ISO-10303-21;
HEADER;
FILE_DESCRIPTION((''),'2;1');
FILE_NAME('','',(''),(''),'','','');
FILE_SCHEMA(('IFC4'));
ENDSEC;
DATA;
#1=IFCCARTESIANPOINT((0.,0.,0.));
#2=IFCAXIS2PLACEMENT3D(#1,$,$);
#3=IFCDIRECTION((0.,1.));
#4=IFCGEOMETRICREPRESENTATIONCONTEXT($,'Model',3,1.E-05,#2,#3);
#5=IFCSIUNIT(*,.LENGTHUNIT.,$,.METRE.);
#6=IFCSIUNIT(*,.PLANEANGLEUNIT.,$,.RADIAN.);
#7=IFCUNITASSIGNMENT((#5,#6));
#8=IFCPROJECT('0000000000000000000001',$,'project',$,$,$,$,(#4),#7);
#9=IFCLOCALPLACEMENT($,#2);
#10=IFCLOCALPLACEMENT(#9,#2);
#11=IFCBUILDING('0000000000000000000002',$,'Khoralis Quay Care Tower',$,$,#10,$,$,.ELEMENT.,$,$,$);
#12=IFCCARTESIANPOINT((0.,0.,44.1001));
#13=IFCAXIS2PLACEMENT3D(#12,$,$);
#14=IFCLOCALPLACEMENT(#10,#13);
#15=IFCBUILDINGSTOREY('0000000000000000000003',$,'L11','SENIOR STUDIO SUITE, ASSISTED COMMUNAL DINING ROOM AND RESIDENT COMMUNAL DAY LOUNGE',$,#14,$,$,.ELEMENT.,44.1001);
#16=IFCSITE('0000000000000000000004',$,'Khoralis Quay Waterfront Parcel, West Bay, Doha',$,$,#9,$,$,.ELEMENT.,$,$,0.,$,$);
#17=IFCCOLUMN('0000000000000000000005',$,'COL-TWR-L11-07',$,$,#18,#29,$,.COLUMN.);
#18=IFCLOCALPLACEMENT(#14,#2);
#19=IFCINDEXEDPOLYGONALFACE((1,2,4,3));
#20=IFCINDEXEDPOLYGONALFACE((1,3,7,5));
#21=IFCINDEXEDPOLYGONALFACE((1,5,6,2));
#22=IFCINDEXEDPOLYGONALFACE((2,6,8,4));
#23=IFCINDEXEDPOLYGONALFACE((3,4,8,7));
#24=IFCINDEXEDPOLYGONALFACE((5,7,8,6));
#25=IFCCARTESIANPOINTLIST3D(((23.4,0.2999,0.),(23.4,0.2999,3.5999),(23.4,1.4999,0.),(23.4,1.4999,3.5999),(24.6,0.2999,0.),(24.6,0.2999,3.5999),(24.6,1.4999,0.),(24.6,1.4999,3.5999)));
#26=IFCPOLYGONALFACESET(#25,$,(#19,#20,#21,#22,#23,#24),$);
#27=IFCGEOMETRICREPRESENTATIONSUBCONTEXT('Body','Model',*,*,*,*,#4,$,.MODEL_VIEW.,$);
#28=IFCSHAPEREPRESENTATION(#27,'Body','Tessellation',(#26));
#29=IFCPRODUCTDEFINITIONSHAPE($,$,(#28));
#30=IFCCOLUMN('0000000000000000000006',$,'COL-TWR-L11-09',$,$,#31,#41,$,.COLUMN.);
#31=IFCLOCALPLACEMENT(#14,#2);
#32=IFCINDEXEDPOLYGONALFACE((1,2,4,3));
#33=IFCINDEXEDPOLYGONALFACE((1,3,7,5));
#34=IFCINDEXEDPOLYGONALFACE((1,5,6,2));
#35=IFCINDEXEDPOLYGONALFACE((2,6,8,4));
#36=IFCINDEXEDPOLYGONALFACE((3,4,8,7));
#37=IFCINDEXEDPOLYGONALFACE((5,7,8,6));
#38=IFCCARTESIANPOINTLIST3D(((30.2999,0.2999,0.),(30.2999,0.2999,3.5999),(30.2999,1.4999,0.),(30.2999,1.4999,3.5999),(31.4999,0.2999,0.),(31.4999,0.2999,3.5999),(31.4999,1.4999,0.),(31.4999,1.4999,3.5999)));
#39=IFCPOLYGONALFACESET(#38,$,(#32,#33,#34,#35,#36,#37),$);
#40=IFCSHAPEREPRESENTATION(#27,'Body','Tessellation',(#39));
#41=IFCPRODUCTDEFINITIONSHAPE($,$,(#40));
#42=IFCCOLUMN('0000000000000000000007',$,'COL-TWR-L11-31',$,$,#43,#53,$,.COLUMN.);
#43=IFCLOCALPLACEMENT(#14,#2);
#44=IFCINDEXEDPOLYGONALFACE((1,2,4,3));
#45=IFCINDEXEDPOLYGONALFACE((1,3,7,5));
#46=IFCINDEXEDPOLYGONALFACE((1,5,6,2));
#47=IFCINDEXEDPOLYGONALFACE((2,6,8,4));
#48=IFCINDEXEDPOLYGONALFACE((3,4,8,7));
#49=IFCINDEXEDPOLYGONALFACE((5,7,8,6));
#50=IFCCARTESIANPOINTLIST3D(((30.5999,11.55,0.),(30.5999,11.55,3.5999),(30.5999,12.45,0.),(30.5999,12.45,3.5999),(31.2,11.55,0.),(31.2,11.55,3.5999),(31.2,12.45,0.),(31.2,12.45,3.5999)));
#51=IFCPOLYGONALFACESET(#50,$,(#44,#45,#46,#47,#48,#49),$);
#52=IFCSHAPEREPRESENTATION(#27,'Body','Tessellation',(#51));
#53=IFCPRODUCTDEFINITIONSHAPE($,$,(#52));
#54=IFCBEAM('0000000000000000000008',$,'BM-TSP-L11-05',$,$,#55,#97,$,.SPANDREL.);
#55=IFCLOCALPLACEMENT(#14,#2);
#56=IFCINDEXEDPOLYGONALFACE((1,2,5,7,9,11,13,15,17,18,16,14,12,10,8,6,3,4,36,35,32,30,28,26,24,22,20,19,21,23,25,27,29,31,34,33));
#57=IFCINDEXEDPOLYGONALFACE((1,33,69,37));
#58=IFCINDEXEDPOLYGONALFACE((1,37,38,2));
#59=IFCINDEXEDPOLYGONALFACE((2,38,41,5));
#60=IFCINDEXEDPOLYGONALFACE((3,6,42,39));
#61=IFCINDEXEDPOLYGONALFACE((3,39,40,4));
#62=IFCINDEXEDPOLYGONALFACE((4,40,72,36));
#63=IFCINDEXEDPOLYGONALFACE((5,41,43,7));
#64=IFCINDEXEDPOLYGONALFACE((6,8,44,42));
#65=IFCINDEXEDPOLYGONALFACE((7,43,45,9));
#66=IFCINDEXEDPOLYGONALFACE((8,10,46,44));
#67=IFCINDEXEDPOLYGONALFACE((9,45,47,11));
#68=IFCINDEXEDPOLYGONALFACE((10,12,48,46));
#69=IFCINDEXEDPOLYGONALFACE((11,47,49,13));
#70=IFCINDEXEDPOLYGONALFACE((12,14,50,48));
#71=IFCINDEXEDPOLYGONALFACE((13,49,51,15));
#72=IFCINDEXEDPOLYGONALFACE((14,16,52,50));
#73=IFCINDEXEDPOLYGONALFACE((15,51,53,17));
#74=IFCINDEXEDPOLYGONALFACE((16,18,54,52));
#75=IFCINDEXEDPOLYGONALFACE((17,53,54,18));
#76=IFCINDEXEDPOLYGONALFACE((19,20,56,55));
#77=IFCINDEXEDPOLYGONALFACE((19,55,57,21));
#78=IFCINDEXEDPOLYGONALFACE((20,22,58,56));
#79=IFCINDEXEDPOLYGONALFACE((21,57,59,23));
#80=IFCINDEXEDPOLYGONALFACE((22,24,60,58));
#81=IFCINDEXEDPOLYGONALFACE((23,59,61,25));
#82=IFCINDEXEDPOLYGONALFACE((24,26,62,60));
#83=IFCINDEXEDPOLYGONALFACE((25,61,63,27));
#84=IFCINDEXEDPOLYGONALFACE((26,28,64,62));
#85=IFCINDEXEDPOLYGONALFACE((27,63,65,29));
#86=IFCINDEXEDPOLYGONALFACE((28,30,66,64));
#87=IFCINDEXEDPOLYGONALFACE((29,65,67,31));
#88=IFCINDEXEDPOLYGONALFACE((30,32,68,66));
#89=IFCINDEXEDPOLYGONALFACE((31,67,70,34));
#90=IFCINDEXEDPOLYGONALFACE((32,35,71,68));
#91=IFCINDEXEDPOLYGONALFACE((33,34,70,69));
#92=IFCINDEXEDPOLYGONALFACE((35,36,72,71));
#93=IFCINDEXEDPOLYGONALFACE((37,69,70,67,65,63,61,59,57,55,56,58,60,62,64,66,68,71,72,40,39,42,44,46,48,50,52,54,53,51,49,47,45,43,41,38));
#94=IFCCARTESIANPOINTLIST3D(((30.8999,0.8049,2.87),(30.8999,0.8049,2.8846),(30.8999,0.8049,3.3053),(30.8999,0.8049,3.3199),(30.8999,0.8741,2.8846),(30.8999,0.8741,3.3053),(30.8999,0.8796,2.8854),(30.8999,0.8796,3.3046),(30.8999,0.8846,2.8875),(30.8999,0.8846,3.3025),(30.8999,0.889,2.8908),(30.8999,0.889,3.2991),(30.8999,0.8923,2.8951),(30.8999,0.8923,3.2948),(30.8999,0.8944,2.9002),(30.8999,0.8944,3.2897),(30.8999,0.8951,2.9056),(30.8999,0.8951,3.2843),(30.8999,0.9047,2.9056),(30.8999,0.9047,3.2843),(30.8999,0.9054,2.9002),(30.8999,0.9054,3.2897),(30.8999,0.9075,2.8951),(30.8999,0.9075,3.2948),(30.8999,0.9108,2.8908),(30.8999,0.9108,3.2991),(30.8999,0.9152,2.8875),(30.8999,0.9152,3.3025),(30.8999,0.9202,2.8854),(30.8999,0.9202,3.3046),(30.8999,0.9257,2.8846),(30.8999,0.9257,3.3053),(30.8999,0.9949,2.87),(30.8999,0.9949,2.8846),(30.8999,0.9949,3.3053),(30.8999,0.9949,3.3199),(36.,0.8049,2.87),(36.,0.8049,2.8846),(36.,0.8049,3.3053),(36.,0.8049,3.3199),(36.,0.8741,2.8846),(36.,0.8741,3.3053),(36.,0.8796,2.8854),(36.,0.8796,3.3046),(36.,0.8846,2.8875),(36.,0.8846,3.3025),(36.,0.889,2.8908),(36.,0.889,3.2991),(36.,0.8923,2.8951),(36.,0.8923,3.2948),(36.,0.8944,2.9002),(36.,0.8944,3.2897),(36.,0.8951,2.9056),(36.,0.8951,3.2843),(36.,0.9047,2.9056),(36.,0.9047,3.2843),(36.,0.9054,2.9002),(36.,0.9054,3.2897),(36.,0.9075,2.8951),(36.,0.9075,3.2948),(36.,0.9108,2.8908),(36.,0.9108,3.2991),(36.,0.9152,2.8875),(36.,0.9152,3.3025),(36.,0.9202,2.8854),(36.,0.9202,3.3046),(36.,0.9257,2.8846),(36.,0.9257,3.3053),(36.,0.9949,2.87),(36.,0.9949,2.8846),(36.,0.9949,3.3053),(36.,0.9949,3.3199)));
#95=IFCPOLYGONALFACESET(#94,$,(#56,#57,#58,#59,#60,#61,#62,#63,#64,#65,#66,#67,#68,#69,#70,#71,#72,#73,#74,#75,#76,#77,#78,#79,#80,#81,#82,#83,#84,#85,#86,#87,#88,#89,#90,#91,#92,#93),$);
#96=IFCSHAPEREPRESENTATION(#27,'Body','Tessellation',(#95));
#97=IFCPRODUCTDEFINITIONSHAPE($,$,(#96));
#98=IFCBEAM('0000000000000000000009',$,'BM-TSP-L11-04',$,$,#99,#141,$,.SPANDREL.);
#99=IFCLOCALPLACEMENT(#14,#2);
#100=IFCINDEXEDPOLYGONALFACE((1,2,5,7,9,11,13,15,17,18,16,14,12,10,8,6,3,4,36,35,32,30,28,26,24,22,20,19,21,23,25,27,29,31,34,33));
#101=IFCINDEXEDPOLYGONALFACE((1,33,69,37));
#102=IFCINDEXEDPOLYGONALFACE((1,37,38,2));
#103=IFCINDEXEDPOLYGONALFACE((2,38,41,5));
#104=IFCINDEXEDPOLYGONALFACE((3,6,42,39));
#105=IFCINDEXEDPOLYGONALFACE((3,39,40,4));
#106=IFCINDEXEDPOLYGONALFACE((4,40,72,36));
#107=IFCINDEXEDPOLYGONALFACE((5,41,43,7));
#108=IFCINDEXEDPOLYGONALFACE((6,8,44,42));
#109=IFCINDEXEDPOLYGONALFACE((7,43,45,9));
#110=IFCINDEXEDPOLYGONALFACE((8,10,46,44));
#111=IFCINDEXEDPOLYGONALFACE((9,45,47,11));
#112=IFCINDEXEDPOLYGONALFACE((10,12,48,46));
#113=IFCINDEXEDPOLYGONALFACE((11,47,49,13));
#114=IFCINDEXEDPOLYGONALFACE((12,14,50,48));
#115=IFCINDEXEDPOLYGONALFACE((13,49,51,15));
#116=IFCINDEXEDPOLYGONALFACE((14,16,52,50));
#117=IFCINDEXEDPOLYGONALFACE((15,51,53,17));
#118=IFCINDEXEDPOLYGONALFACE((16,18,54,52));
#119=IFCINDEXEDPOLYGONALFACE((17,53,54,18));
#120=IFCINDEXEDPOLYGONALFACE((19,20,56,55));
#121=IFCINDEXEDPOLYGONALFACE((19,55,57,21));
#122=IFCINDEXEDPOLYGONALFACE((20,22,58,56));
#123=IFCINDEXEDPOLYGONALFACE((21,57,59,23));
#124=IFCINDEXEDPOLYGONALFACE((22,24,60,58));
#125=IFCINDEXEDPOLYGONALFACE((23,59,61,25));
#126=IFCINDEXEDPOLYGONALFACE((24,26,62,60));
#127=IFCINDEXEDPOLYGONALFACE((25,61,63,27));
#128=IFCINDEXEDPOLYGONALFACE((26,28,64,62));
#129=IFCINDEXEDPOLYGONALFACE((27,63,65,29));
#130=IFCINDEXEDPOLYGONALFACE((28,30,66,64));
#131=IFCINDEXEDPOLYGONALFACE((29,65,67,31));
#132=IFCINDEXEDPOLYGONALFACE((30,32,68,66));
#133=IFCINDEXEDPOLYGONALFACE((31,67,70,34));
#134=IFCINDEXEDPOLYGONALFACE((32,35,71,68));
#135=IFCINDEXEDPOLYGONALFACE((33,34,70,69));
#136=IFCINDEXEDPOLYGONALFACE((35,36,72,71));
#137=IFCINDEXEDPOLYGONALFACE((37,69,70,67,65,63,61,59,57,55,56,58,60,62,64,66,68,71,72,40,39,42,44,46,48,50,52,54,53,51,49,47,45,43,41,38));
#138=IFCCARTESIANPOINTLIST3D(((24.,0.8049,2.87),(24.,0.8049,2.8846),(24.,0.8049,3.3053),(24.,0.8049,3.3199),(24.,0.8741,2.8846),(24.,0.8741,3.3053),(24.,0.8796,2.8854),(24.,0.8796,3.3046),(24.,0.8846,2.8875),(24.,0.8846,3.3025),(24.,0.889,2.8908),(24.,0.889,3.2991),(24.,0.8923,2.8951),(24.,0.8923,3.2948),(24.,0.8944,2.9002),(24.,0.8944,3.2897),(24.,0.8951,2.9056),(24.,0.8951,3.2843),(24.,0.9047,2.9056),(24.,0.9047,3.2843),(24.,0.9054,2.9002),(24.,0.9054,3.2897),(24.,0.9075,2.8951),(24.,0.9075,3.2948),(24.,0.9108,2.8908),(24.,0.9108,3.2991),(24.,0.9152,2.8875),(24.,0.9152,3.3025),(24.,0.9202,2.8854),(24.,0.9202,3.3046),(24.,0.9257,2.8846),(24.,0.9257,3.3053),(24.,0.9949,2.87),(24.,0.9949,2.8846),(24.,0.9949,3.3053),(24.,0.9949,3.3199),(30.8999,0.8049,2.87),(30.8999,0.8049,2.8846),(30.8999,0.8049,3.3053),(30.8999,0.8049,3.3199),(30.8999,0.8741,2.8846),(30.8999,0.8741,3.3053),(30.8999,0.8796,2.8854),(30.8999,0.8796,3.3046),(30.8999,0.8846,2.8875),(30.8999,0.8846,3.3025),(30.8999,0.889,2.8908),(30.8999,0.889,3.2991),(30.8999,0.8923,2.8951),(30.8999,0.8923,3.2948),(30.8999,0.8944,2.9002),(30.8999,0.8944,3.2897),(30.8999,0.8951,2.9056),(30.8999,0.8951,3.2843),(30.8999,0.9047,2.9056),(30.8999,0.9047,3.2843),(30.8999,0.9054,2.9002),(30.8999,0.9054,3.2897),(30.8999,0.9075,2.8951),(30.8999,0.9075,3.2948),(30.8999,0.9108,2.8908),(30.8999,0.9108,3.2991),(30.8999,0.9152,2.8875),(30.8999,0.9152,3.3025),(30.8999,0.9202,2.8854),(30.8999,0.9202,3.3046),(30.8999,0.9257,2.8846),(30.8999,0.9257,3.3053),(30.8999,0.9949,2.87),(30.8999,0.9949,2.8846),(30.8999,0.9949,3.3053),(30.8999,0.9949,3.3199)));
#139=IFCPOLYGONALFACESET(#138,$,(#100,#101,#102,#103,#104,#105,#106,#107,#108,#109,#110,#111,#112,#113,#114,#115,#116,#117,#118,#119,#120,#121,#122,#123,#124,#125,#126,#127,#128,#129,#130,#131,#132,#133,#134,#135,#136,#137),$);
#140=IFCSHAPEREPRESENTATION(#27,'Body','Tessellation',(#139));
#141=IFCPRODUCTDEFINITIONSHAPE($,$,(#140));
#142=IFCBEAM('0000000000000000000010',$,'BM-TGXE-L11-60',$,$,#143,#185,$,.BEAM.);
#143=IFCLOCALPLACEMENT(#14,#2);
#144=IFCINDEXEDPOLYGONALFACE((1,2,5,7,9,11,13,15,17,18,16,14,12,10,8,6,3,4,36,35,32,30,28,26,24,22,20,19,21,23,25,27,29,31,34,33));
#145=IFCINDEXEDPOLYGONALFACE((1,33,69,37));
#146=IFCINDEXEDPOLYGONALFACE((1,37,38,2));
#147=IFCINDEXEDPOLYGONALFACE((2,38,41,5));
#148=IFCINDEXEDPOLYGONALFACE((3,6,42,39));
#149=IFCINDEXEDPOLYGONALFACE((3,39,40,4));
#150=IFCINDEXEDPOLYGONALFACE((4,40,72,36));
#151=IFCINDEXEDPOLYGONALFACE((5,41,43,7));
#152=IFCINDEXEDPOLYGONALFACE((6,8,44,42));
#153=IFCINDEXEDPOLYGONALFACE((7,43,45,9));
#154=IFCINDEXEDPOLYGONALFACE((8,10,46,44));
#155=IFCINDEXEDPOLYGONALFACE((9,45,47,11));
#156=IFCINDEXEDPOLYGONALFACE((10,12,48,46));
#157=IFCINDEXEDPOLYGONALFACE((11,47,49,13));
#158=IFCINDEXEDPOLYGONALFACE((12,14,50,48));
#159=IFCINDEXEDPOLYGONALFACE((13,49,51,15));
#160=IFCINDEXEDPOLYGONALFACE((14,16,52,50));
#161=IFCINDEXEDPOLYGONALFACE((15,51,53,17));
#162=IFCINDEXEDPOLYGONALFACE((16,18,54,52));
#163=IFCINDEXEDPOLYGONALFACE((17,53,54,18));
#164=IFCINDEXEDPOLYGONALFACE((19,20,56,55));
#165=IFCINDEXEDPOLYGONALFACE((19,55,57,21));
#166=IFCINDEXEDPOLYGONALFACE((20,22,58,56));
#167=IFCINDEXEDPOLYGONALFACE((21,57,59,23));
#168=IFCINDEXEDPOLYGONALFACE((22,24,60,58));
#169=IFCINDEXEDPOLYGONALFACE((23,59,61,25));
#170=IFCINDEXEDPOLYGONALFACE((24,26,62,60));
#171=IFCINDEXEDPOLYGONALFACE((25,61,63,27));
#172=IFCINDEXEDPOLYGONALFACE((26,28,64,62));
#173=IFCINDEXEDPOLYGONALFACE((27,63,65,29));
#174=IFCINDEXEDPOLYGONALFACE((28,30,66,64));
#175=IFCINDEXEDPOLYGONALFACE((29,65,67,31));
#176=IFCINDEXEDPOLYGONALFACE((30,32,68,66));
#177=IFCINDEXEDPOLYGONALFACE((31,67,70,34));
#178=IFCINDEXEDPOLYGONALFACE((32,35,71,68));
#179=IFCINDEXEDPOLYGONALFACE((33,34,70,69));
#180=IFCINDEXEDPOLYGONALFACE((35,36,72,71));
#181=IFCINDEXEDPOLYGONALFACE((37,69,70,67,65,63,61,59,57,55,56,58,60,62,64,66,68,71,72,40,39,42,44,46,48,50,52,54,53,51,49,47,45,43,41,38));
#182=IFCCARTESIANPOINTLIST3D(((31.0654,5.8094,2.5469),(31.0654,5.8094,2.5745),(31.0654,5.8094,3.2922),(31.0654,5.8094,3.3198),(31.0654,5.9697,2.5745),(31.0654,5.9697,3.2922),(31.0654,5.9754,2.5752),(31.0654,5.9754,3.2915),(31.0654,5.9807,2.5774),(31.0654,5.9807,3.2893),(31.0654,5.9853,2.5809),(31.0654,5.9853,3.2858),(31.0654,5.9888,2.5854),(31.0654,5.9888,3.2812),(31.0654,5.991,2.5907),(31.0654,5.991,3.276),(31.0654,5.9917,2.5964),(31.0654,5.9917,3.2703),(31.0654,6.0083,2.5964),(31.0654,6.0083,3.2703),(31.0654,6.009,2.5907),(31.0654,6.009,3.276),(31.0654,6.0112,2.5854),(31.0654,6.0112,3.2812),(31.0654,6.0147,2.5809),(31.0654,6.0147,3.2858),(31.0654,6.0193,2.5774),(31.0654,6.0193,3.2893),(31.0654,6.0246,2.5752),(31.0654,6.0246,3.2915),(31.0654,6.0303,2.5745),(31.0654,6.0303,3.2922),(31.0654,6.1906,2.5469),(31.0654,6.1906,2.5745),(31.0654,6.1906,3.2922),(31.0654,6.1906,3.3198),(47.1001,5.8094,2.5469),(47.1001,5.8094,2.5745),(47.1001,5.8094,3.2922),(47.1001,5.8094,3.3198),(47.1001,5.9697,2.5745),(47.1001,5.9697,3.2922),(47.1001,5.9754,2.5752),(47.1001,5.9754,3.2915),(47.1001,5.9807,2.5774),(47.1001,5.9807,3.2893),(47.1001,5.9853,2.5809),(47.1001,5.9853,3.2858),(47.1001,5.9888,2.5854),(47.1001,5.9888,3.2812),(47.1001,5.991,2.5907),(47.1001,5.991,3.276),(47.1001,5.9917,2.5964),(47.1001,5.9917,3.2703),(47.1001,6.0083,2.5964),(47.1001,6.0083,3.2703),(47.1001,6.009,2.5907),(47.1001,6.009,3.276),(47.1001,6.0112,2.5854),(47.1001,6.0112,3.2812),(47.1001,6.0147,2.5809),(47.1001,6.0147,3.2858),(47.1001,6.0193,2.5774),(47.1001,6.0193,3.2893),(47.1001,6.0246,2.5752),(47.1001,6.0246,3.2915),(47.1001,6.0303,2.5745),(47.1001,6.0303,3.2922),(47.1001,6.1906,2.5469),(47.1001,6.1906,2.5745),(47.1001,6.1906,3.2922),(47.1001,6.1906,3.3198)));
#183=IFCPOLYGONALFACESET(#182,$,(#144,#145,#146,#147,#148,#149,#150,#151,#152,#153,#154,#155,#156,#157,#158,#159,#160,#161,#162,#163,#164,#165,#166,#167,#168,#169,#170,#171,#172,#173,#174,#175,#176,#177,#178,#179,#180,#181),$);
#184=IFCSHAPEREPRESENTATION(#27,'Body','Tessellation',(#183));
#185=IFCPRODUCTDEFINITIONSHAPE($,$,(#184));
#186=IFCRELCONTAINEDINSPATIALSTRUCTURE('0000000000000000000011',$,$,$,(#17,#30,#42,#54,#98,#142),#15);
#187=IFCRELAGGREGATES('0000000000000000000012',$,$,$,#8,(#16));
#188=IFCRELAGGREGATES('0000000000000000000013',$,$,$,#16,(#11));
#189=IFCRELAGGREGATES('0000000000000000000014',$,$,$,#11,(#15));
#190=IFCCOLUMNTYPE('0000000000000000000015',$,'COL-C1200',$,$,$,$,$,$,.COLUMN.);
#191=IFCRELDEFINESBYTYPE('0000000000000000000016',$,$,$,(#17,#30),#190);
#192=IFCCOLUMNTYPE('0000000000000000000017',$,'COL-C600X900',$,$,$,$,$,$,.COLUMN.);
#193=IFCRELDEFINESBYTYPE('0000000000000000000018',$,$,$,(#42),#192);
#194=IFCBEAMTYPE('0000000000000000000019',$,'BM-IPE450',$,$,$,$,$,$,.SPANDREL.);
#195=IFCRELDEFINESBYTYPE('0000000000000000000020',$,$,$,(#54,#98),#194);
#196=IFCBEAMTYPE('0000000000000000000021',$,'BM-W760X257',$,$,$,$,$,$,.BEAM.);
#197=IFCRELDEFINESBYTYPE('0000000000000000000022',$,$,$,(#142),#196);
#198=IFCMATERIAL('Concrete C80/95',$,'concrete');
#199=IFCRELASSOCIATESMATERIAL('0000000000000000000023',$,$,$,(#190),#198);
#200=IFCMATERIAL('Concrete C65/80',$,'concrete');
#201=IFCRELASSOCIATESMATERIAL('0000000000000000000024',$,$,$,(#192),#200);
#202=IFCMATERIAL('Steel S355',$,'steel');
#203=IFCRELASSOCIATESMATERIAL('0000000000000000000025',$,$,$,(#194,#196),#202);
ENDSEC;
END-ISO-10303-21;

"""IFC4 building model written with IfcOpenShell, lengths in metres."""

from ifc_helpers import new_model, si_unit, direction, frame, origin, origin_2d, place, context, subcontext, project, spatial, rectangle, i_section, extrude, source, transform, mapped, material, material_profile, profile_set, type_object, element, save


model = new_model("IFC4")

# Units and contexts
model_context = context("Model", 3, precision=1e-05, world=origin(), true_north=direction((0.0, 1.0)))
body_context = subcontext(model_context, "Body", "Model", "MODEL_VIEW")
ifc_project = project(units=[si_unit("LENGTHUNIT", "METRE"), si_unit("PLANEANGLEUNIT", "RADIAN")], contexts=[model_context])

# Site, building, storey
site_placement = place(None, origin())
site = spatial("IfcSite", under=ifc_project, at=site_placement, Name="Khoralis Quay Waterfront Parcel, West Bay, Doha", CompositionType="ELEMENT", RefElevation=0.0)
building_placement = place(site_placement, origin())
building = spatial("IfcBuilding", under=site, at=building_placement, Name="Khoralis Quay Care Tower", CompositionType="ELEMENT")
storey_placement = place(building_placement, frame((0.0, 0.0, 44.1001)))
storey = spatial("IfcBuildingStorey", under=building, at=storey_placement, Name="L11", Description="SENIOR STUDIO SUITE, ASSISTED COMMUNAL DINING ROOM AND RESIDENT COMMUNAL DAY LOUNGE", CompositionType="ELEMENT", Elevation=44.1001)

# Columns
ifc_material_1 = material(Name="Concrete C80/95", Category="concrete")
ifc_material_profile_1 = material_profile(ifc_material_1, rectangle(XDim=1.2, YDim=1.2, at=origin_2d()), Name="Concrete C80/95")
ifc_profile_set_1 = profile_set([ifc_material_profile_1], Name="Concrete C80/95")
column_type_1 = type_object("IfcColumnType", Name="COL-C1200", PredefinedType="COLUMN", material=ifc_profile_set_1)
shared_shape_1 = source(origin(), body_context, "Body", "SweptSolid", [
    extrude(rectangle(XDim=1.2, YDim=1.2, at=origin_2d()), origin(), (0.0, 0.0, 1.0), 3.5999),
])
for number, where, z_axis, x_axis, name in (
    (1, (24.0, 0.8999, 0.0), (0.0, 0.0, 1.0), (1.0, 0.0, 0.0), "COL-TWR-L11-07"),
    (2, (30.8999, 0.8999, 0.0), (0.0, 0.0, 1.0), (1.0, 0.0, 0.0), "COL-TWR-L11-09"),
):
    element("IfcColumn", number, at=place(storey_placement, frame(where, z_axis=z_axis, x_axis=x_axis)), inside=storey, type_object=column_type_1, Name=name, PredefinedType="COLUMN", context=body_context, shape_type="MappedRepresentation", body=[
        mapped(shared_shape_1, transform((0.0, 0.0, 0.0), scale=1.0)),
    ])
ifc_material_2 = material(Name="Concrete C65/80", Category="concrete")
ifc_material_profile_2 = material_profile(ifc_material_2, rectangle(XDim=0.6001, YDim=0.8999, at=origin_2d()), Name="Concrete C65/80")
ifc_profile_set_2 = profile_set([ifc_material_profile_2], Name="Concrete C65/80")
column_type_2 = type_object("IfcColumnType", Name="COL-C600X900", PredefinedType="COLUMN", material=ifc_profile_set_2)
shared_shape_2 = source(origin(), body_context, "Body", "SweptSolid", [
    extrude(rectangle(XDim=0.6001, YDim=0.8999, at=origin_2d()), origin(), (0.0, 0.0, 1.0), 3.5999),
])
column_placement = place(storey_placement, frame((30.8999, 12.0, 0.0), z_axis=(0.0, 0.0, 1.0), x_axis=(1.0, 0.0, 0.0)))
element("IfcColumn", 3, at=column_placement, inside=storey, type_object=column_type_2, Name="COL-TWR-L11-31", PredefinedType="COLUMN", context=body_context, shape_type="MappedRepresentation", body=[
    mapped(shared_shape_2, transform((0.0, 0.0, 0.0), scale=1.0)),
])

# Beams
ifc_material_3 = material(Name="Steel S355", Category="steel")
ifc_material_profile_3 = material_profile(ifc_material_3, i_section(OverallWidth=0.1899, OverallDepth=0.45, WebThickness=0.0095, FlangeThickness=0.0146, FilletRadius=0.021, at=origin_2d()), Name="Steel S355")
ifc_profile_set_3 = profile_set([ifc_material_profile_3], Name="Steel S355")
beam_type_1 = type_object("IfcBeamType", Name="BM-IPE450", PredefinedType="SPANDREL", material=ifc_profile_set_3)
shared_shape_3 = source(origin(), body_context, "Body", "SweptSolid", [
    extrude(i_section(OverallWidth=0.1899, OverallDepth=0.45, WebThickness=0.0095, FlangeThickness=0.0146, FilletRadius=0.021, at=origin_2d()), origin(), (0.0, 0.0, 1.0), 5.1001),
])
beam_1_placement = place(storey_placement, frame((30.8999, 0.8999, 3.095), z_axis=(1.0, 0.0, 0.0), x_axis=(0.0, 1.0, 0.0)))
element("IfcBeam", 4, at=beam_1_placement, inside=storey, type_object=beam_type_1, Name="BM-TSP-L11-05", PredefinedType="SPANDREL", context=body_context, shape_type="MappedRepresentation", body=[
    mapped(shared_shape_3, transform((0.0, 0.0, 0.0), scale=1.0)),
])
shared_shape_4 = source(origin(), body_context, "Body", "SweptSolid", [
    extrude(i_section(OverallWidth=0.1899, OverallDepth=0.45, WebThickness=0.0095, FlangeThickness=0.0146, FilletRadius=0.021, at=origin_2d()), origin(), (0.0, 0.0, 1.0), 6.8999),
])
beam_2_placement = place(storey_placement, frame((24.0, 0.8999, 3.095), z_axis=(1.0, 0.0, 0.0), x_axis=(0.0, 1.0, 0.0)))
element("IfcBeam", 5, at=beam_2_placement, inside=storey, type_object=beam_type_1, Name="BM-TSP-L11-04", PredefinedType="SPANDREL", context=body_context, shape_type="MappedRepresentation", body=[
    mapped(shared_shape_4, transform((0.0, 0.0, 0.0), scale=1.0)),
])
ifc_material_profile_4 = material_profile(ifc_material_3, i_section(OverallWidth=0.3811, OverallDepth=0.7729, WebThickness=0.0166, FlangeThickness=0.0276, FilletRadius=0.022, at=origin_2d()), Name="Steel S355")
ifc_profile_set_4 = profile_set([ifc_material_profile_4], Name="Steel S355")
beam_type_2 = type_object("IfcBeamType", Name="BM-W760X257", PredefinedType="BEAM", material=ifc_profile_set_4)
shared_shape_5 = source(origin(), body_context, "Body", "SweptSolid", [
    extrude(i_section(OverallWidth=0.3811, OverallDepth=0.7729, WebThickness=0.0166, FlangeThickness=0.0276, FilletRadius=0.022, at=origin_2d()), origin(), (0.0, 0.0, 1.0), 16.0347),
])
beam_3_placement = place(storey_placement, frame((31.0654, 6.0, 2.9333), z_axis=(1.0, 0.0, 0.0), x_axis=(0.0, 1.0, 0.0)))
element("IfcBeam", 6, at=beam_3_placement, inside=storey, type_object=beam_type_2, Name="BM-TGXE-L11-60", PredefinedType="BEAM", context=body_context, shape_type="MappedRepresentation", body=[
    mapped(shared_shape_5, transform((0.0, 0.0, 0.0), scale=1.0)),
])

save(model, "model.ifc")
